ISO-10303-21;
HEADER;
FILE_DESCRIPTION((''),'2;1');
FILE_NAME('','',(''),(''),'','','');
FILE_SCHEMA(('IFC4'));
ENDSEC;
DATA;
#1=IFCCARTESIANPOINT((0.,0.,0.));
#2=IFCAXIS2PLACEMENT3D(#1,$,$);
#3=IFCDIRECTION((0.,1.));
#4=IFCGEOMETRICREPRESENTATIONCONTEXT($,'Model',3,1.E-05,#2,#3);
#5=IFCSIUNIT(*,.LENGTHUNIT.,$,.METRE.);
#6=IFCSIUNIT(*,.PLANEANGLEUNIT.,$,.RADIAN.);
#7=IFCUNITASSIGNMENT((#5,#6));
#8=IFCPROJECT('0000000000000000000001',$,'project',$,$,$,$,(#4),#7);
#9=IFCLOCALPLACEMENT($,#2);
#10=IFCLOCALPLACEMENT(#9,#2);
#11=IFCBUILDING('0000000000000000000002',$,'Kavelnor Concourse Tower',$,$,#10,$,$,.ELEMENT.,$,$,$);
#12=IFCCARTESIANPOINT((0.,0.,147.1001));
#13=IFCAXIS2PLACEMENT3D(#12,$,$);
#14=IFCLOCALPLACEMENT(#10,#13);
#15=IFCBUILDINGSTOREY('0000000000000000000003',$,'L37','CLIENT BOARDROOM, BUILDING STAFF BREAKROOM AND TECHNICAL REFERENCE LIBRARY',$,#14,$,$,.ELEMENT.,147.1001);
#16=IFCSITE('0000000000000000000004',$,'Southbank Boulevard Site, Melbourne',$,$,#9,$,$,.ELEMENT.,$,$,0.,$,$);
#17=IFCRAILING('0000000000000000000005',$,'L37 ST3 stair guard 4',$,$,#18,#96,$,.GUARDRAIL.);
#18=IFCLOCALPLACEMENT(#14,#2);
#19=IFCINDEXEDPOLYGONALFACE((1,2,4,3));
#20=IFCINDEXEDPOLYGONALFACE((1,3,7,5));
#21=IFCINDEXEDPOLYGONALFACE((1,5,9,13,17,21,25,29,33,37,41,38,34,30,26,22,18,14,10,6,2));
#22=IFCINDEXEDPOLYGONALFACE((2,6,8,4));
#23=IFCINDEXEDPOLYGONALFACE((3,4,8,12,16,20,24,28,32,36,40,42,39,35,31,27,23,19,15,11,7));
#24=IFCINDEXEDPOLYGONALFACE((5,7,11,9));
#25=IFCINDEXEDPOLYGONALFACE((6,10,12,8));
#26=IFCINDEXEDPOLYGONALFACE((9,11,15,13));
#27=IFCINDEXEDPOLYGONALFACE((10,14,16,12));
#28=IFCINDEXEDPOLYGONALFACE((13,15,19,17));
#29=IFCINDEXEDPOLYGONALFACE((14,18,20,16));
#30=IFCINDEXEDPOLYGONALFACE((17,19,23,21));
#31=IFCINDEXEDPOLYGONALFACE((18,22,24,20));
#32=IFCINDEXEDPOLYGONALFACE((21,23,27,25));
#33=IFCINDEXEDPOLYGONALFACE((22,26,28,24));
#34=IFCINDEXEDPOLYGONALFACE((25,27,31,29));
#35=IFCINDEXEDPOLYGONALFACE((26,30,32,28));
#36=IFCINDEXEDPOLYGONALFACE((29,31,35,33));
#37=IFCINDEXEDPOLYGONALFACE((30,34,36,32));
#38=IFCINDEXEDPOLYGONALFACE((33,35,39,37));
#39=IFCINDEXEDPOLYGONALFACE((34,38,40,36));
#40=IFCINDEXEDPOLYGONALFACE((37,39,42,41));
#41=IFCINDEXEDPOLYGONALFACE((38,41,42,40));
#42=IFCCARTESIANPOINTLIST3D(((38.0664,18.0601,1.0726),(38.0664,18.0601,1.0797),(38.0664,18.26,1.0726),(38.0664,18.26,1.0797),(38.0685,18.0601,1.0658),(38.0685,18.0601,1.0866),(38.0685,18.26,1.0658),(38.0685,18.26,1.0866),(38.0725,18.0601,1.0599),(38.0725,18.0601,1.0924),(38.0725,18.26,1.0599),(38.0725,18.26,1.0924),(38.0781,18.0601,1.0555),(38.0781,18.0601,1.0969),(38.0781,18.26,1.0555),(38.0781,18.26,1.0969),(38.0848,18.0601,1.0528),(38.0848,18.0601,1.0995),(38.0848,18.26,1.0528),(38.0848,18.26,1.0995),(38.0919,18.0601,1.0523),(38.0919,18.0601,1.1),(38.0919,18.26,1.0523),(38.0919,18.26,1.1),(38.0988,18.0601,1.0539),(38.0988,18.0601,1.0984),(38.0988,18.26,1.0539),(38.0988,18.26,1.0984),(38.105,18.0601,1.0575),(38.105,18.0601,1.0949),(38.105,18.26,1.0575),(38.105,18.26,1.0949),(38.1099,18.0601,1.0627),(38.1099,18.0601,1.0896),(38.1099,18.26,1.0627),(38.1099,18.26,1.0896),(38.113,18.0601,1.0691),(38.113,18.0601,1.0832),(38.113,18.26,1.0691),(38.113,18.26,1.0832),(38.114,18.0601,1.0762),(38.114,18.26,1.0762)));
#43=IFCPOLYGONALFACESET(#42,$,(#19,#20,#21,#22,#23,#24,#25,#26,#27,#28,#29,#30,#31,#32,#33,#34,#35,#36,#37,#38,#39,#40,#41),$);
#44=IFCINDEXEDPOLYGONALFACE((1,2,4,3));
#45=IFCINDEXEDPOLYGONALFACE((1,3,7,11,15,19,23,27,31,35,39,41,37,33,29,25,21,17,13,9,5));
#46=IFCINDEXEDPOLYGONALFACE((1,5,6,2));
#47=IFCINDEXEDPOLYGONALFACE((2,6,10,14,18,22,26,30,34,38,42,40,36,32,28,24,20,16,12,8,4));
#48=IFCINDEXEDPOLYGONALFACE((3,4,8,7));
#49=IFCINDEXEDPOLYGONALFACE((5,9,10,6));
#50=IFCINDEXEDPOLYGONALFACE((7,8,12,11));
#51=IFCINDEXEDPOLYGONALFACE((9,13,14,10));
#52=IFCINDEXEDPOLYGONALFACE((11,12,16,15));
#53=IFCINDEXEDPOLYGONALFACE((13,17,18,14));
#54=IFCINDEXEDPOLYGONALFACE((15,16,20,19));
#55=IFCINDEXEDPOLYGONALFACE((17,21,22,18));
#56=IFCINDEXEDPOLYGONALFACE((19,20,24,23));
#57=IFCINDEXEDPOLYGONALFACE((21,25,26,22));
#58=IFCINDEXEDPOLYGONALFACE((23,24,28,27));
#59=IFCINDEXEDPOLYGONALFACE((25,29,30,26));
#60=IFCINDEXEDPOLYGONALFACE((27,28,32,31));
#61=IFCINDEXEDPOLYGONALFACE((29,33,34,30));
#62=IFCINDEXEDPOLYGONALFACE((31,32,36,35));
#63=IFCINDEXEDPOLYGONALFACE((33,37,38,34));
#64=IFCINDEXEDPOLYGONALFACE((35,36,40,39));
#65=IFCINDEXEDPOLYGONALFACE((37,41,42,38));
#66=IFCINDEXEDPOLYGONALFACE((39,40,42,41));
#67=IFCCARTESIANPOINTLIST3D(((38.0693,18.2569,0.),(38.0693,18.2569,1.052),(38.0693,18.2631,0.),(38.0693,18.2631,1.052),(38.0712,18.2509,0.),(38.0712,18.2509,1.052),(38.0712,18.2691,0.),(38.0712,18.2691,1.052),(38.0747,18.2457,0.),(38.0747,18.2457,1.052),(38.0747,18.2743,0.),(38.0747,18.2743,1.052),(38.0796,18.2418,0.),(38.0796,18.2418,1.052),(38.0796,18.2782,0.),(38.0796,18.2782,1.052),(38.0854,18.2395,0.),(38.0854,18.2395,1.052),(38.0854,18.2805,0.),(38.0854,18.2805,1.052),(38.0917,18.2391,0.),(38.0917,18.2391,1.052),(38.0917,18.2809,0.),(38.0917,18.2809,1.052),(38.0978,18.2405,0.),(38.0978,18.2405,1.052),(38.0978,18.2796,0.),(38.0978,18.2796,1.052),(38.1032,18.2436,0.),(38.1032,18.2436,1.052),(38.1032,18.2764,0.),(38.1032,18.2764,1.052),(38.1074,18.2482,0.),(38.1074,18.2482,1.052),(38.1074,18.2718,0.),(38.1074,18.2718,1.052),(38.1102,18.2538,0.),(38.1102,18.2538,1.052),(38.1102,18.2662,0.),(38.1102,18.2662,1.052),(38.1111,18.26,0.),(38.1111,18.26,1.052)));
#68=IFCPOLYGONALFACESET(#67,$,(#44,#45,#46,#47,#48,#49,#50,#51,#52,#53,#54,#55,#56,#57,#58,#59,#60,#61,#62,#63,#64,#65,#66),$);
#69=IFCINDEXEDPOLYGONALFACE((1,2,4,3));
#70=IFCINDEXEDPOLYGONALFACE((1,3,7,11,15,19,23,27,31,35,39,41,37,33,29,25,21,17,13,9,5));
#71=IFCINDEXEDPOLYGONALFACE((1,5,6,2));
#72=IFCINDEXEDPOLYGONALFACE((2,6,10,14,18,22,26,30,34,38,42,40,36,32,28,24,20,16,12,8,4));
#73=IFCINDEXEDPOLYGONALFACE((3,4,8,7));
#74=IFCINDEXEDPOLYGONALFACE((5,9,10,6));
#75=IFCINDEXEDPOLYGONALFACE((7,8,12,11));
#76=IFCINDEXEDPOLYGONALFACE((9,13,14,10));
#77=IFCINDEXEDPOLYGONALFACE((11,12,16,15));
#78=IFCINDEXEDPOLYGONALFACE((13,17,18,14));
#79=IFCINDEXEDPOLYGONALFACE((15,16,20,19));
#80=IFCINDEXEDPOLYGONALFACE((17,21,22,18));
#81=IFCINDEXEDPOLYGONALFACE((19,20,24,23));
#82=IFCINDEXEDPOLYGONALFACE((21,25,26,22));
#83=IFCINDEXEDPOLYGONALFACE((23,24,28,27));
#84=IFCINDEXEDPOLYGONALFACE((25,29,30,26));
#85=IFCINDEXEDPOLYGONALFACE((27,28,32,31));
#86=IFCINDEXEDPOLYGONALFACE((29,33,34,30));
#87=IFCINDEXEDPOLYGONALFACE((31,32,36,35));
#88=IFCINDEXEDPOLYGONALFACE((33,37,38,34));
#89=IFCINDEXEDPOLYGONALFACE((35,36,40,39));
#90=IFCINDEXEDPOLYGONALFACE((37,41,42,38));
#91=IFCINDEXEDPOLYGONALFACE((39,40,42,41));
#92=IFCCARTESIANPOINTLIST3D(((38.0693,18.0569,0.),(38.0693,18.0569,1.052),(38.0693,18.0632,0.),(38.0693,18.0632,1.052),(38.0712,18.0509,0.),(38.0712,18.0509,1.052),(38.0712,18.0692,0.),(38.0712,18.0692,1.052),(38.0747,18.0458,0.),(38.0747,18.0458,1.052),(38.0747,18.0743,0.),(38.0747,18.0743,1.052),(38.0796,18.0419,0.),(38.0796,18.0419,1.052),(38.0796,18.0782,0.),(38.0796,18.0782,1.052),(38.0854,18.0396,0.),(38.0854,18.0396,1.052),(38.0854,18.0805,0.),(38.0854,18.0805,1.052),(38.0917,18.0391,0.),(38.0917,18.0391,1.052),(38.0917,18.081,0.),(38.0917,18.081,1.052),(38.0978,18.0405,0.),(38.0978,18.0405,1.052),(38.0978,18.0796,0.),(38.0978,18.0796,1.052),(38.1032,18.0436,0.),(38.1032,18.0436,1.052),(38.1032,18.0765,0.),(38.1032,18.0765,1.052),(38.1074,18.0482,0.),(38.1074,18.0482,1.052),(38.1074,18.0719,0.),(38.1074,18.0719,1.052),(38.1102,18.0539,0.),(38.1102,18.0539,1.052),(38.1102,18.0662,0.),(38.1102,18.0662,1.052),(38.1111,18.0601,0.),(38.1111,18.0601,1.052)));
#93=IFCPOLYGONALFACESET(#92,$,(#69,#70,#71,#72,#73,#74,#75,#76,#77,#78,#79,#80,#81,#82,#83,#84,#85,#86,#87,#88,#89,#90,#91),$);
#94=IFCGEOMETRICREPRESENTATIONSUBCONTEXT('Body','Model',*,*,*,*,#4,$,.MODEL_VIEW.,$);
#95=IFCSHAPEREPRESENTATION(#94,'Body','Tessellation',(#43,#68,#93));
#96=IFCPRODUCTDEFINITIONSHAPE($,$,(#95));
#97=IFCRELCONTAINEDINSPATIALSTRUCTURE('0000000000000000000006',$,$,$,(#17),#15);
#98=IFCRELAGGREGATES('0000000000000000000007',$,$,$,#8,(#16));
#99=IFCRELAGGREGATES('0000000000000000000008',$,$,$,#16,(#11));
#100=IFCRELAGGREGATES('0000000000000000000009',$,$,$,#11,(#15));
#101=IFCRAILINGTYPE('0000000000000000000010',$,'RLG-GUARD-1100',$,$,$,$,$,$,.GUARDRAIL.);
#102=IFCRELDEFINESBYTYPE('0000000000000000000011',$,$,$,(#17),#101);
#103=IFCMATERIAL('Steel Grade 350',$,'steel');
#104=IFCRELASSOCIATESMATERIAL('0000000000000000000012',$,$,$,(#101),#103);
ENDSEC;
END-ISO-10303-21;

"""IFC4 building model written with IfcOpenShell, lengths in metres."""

from ifc_helpers import new_model, si_unit, direction, frame, origin, origin_2d, place, context, subcontext, project, spatial, circle, extrude, material, type_object, element, save


model = new_model("IFC4")

# Units and contexts
model_context = context("Model", 3, precision=1e-05, world=origin(), true_north=direction((0.0, 1.0)))
body_context = subcontext(model_context, "Body", "Model", "MODEL_VIEW")
ifc_project = project(units=[si_unit("LENGTHUNIT", "METRE"), si_unit("PLANEANGLEUNIT", "RADIAN")], contexts=[model_context])

# Site, building, storey
site_placement = place(None, origin())
site = spatial("IfcSite", under=ifc_project, at=site_placement, Name="Southbank Boulevard Site, Melbourne", CompositionType="ELEMENT", RefElevation=0.0)
building_placement = place(site_placement, origin())
building = spatial("IfcBuilding", under=site, at=building_placement, Name="Kavelnor Concourse Tower", CompositionType="ELEMENT")
storey_placement = place(building_placement, frame((0.0, 0.0, 147.1001)))
storey = spatial("IfcBuildingStorey", under=building, at=storey_placement, Name="L37", Description="CLIENT BOARDROOM, BUILDING STAFF BREAKROOM AND TECHNICAL REFERENCE LIBRARY", CompositionType="ELEMENT", Elevation=147.1001)

# Shared definitions
ifc_material_1 = material(Name="Steel Grade 350", Category="steel")

# Railing
railing_type_1 = type_object("IfcRailingType", Name="RLG-GUARD-1100", PredefinedType="GUARDRAIL", material=ifc_material_1)
railing_1_placement = place(storey_placement, frame((38.0901, 18.26, 0.0)))
element("IfcRailing", 1, at=railing_1_placement, inside=storey, type_object=railing_type_1, Name="L37 ST3 stair guard 4", PredefinedType="GUARDRAIL", context=body_context, shape_type="SweptSolid", body=[
    extrude(circle(Radius=0.0239, at=origin_2d()), frame((0.0, 0.0, 1.0762), z_axis=(0.0, -1.0, 0.0), x_axis=(1.0, 0.0, 0.0)), (0.0, 0.0, 1.0), 0.2),
    extrude(circle(Radius=0.021, at=origin_2d()), origin(), (0.0, 0.0, 1.0), 1.052),
    extrude(circle(Radius=0.021, at=origin_2d()), frame((0.0, -0.2, 0.0)), (0.0, 0.0, 1.0), 1.052),
])

save(model, "model.ifc")
